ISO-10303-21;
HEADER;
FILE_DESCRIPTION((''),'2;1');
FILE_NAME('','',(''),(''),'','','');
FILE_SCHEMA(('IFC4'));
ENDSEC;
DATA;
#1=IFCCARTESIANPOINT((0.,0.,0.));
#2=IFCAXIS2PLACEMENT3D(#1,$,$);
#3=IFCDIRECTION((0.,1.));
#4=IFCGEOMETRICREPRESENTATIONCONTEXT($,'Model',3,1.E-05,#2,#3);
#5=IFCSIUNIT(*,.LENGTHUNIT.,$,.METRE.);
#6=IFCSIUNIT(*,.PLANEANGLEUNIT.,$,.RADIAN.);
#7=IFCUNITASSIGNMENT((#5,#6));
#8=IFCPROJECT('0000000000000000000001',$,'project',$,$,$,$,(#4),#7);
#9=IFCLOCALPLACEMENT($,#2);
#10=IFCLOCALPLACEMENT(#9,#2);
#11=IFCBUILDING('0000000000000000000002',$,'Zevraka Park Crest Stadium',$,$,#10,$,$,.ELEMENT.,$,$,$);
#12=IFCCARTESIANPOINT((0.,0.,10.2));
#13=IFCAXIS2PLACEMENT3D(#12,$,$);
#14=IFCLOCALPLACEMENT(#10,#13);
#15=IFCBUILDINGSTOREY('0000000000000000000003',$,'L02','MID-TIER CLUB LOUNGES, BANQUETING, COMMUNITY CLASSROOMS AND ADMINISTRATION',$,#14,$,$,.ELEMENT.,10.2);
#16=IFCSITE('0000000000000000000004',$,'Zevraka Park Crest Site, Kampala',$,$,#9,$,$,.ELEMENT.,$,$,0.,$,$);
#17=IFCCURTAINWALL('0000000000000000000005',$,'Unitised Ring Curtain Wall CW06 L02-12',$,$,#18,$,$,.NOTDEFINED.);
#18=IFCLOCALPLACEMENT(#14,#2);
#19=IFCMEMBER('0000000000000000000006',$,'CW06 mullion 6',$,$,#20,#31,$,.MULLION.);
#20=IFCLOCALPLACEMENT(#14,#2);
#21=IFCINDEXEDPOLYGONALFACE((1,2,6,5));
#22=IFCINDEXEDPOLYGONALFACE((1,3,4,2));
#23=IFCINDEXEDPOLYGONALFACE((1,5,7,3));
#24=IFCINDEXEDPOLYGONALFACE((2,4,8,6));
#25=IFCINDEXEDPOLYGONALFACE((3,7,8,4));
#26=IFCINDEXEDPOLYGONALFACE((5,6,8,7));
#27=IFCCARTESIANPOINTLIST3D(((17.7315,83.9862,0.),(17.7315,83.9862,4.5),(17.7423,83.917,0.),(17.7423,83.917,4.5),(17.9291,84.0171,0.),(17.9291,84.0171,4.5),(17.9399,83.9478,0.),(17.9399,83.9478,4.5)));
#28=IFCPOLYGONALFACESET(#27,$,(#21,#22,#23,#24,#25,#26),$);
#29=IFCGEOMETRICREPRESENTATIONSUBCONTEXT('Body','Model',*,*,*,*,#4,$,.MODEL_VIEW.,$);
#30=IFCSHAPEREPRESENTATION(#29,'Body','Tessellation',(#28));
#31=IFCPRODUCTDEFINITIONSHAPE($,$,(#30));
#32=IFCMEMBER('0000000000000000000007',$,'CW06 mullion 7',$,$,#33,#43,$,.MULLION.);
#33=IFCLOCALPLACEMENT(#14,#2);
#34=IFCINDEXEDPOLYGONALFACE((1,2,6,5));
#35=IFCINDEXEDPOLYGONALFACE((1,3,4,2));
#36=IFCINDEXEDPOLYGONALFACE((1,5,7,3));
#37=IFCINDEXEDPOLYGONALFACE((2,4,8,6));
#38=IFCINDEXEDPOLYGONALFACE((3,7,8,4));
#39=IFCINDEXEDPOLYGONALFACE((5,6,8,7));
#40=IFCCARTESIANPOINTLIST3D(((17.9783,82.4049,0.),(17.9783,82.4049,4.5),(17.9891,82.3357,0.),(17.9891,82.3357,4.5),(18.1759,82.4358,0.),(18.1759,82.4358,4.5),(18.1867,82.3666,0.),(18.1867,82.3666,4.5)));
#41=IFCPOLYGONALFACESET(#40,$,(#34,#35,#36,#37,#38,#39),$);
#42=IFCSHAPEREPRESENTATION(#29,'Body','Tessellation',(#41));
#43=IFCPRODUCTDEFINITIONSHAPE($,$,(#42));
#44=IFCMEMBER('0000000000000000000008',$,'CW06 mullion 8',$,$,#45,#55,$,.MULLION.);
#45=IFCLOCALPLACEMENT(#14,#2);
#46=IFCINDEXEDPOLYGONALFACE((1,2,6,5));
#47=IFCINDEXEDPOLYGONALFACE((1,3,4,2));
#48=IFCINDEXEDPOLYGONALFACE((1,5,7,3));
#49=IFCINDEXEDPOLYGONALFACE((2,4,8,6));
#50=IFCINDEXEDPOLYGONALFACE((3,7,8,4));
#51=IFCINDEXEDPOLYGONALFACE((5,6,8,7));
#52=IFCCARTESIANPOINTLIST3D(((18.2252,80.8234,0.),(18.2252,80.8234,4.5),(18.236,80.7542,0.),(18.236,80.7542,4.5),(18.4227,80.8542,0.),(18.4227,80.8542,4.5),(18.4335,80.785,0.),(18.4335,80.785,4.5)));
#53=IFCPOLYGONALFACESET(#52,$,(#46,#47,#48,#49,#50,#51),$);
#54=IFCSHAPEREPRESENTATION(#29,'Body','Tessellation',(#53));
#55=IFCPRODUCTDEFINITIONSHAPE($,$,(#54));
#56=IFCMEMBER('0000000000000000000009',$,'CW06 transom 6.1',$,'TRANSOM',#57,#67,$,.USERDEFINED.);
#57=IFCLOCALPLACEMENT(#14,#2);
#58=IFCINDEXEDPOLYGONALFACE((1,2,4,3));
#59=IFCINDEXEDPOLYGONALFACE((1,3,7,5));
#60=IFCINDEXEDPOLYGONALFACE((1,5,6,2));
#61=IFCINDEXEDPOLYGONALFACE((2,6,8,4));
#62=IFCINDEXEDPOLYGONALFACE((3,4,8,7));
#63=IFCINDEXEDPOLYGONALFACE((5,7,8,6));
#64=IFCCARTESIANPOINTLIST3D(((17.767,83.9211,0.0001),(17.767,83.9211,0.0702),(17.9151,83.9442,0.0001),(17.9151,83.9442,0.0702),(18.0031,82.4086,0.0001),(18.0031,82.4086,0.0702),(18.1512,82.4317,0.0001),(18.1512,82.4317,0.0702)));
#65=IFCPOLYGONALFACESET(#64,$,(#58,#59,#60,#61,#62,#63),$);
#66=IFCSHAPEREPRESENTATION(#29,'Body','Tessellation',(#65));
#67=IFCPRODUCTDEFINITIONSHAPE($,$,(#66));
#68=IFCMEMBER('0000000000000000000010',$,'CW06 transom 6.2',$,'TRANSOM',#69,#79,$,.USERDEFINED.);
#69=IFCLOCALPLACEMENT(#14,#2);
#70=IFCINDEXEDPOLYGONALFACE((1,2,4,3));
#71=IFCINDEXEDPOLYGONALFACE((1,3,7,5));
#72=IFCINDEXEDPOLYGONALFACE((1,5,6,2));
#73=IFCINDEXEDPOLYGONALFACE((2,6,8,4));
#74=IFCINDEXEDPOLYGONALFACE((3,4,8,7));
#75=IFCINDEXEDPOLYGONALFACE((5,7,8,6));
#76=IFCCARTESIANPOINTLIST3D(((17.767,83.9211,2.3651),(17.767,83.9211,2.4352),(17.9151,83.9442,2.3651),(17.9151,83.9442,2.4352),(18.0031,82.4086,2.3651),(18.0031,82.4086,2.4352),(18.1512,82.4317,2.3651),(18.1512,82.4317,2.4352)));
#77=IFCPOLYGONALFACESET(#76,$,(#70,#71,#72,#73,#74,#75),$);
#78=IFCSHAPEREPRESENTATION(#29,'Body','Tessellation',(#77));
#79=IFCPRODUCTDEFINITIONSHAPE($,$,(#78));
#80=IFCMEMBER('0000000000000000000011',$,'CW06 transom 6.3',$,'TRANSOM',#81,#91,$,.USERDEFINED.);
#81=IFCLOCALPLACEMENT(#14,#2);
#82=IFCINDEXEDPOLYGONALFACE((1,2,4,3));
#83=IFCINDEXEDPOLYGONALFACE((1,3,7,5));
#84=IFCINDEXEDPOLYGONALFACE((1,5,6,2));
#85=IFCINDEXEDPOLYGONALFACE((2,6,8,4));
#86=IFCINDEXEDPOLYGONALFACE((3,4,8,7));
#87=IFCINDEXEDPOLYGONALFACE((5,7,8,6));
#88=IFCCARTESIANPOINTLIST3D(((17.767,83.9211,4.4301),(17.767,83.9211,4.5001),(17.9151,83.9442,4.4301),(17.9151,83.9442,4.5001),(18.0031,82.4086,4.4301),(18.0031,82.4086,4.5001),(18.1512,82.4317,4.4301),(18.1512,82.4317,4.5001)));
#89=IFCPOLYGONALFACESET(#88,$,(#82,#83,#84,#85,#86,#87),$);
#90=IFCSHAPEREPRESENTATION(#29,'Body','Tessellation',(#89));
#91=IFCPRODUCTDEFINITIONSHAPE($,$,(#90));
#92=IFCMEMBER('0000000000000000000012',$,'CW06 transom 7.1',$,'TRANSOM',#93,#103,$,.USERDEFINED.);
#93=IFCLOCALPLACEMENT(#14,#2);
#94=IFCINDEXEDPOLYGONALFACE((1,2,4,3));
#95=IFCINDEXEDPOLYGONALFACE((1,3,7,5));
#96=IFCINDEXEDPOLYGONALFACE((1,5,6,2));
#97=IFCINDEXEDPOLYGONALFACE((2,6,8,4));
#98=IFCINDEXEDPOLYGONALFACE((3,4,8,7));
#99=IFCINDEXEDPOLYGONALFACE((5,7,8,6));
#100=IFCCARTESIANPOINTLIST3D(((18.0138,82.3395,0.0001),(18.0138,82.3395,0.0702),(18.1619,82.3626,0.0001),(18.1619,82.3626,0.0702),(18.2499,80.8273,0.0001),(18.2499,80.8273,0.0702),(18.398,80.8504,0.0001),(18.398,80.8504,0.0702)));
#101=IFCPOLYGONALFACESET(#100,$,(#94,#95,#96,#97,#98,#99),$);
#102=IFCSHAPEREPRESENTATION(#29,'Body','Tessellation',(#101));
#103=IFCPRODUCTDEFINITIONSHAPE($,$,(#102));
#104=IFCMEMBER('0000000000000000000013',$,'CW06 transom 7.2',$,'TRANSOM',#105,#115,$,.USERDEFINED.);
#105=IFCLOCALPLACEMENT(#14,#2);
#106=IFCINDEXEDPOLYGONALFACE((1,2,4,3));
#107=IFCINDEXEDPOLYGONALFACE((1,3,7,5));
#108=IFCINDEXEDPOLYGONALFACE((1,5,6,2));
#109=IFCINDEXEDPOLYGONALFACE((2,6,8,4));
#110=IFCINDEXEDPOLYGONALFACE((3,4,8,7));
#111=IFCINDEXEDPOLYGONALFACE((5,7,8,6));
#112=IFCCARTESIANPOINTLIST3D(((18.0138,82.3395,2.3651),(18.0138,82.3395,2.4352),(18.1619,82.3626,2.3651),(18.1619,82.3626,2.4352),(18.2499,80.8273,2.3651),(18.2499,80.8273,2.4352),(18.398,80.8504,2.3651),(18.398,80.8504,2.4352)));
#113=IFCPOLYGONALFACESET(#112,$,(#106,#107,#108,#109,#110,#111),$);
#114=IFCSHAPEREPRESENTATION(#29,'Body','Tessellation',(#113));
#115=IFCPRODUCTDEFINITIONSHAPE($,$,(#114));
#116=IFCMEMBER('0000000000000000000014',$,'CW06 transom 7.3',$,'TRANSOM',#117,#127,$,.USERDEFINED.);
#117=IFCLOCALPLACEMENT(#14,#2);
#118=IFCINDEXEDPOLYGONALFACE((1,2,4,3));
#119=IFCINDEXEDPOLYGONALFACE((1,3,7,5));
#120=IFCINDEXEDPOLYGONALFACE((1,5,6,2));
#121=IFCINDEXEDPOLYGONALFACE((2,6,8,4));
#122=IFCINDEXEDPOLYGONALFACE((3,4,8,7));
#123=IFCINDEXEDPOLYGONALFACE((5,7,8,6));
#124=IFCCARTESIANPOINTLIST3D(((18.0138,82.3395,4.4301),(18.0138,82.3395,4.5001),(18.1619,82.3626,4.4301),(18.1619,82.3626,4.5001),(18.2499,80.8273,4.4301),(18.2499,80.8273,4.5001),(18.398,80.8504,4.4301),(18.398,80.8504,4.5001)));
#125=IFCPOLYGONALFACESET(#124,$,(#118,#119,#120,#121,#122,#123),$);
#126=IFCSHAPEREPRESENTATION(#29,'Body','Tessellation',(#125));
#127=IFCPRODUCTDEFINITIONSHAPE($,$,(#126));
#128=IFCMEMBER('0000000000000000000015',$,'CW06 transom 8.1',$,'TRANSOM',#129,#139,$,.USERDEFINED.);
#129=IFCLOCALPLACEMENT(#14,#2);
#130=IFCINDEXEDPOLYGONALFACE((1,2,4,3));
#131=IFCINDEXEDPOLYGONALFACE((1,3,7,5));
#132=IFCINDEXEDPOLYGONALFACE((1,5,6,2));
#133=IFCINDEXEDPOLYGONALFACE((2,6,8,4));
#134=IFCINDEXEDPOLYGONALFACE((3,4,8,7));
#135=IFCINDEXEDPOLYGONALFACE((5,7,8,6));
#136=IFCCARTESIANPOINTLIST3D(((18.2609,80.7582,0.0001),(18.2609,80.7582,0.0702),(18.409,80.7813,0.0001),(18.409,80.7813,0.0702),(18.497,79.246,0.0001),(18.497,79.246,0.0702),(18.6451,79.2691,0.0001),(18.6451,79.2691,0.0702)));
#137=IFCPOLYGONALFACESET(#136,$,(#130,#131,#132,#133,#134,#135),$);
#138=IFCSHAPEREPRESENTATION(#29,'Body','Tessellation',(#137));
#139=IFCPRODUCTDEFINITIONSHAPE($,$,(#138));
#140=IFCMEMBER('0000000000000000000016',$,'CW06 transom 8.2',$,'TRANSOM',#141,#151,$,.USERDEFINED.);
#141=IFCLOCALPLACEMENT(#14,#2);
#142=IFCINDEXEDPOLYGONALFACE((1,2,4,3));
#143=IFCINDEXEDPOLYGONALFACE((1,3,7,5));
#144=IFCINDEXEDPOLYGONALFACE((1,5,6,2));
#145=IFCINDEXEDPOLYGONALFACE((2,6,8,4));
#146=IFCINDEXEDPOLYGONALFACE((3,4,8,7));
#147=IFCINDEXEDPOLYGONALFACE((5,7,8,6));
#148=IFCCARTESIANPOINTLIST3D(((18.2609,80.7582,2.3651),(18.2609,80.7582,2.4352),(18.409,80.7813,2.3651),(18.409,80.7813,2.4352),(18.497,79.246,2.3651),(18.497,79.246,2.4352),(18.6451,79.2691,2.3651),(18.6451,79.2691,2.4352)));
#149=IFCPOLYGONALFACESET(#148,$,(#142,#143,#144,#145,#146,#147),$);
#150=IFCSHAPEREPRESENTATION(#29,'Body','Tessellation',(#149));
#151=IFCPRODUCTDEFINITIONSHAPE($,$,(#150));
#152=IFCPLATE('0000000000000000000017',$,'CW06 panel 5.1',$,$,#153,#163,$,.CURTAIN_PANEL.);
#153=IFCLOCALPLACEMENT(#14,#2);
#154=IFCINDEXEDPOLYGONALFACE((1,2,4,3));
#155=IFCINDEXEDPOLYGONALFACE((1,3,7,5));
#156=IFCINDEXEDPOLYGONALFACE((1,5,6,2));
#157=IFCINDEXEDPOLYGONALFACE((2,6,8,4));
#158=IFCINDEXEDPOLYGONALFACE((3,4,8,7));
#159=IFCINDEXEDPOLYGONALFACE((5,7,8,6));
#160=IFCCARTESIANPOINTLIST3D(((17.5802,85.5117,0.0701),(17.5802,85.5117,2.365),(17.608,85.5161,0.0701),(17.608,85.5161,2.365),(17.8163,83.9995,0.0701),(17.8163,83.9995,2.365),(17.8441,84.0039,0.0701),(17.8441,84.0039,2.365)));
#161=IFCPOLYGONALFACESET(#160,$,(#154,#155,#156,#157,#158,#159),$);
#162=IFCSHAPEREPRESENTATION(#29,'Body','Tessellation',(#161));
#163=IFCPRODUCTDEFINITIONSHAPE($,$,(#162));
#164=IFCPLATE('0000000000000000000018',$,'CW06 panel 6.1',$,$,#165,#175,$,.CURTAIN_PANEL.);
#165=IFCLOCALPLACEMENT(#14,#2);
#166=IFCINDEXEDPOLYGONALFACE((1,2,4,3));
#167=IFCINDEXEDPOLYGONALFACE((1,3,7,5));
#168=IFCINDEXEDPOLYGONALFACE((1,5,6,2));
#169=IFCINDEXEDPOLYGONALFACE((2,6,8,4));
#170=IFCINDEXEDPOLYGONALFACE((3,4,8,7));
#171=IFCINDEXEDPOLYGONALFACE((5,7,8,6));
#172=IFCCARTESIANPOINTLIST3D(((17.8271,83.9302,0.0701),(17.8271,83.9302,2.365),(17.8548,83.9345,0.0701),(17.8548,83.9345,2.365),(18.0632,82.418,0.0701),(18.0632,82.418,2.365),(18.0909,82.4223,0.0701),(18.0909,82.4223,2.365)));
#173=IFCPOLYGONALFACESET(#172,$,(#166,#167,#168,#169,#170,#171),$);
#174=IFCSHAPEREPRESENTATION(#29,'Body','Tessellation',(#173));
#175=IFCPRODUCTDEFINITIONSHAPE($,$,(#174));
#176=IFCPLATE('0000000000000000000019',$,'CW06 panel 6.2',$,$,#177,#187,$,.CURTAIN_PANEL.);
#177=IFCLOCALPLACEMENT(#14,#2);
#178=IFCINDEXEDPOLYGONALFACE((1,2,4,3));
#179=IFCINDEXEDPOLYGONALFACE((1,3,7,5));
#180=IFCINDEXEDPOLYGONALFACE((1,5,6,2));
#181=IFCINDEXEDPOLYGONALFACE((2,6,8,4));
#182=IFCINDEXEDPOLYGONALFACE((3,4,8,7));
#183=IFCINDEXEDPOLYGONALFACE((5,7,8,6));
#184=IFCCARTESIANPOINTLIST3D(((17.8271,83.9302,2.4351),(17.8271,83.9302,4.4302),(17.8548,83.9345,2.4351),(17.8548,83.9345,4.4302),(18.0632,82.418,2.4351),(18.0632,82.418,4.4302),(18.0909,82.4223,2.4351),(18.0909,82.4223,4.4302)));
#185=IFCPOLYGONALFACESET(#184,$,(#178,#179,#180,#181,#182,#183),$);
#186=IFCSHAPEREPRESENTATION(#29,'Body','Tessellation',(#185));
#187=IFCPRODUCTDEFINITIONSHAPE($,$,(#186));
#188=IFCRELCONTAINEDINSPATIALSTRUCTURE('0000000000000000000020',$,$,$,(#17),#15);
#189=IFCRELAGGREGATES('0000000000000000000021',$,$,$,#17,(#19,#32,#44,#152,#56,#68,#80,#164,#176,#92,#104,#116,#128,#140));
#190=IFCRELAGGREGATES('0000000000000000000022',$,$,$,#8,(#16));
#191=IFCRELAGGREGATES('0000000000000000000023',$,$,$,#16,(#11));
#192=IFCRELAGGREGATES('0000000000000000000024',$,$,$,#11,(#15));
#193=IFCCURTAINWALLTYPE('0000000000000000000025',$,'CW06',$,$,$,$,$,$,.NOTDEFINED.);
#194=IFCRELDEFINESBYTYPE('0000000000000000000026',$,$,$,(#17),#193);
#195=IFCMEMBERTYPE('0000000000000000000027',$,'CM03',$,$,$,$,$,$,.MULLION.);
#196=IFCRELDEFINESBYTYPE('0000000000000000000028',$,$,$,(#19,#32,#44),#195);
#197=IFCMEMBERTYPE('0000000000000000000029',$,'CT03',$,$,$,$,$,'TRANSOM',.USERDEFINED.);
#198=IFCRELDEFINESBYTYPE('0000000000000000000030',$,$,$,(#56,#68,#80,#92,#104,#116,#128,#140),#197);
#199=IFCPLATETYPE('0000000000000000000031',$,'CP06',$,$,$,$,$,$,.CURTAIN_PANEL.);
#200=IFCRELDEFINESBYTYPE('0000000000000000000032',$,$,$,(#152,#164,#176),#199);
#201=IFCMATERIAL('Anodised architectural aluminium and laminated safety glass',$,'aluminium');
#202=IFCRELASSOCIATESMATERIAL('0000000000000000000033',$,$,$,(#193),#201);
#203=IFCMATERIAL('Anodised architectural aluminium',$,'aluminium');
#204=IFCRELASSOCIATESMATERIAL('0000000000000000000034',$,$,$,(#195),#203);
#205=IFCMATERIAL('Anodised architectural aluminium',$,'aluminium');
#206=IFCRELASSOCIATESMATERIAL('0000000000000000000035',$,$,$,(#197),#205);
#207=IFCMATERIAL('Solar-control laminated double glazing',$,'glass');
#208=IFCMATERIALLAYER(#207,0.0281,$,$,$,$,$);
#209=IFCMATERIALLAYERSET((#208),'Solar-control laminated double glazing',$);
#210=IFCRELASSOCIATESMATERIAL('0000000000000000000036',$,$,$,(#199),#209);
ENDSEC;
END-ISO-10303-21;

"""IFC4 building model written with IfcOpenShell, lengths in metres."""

from ifc_helpers import new_model, si_unit, direction, frame, origin, origin_2d, place, context, subcontext, project, spatial, rectangle, extrude, material, layer, layer_set, material_profile, profile_set, type_object, element, aggregate, save


model = new_model("IFC4")

# Units and contexts
model_context = context("Model", 3, precision=1e-05, world=origin(), true_north=direction((0.0, 1.0)))
body_context = subcontext(model_context, "Body", "Model", "MODEL_VIEW")
ifc_project = project(units=[si_unit("LENGTHUNIT", "METRE"), si_unit("PLANEANGLEUNIT", "RADIAN")], contexts=[model_context])

# Site, building, storey
site_placement = place(None, origin())
site = spatial("IfcSite", under=ifc_project, at=site_placement, Name="Zevraka Park Crest Site, Kampala", CompositionType="ELEMENT", RefElevation=0.0)
building_placement = place(site_placement, origin())
building = spatial("IfcBuilding", under=site, at=building_placement, Name="Zevraka Park Crest Stadium", CompositionType="ELEMENT")
storey_placement = place(building_placement, frame((0.0, 0.0, 10.2)))
storey = spatial("IfcBuildingStorey", under=building, at=storey_placement, Name="L02", Description="MID-TIER CLUB LOUNGES, BANQUETING, COMMUNITY CLASSROOMS AND ADMINISTRATION", CompositionType="ELEMENT", Elevation=10.2)

# Curtain wall, members, plates
ifc_material_1 = material(Name="Anodised architectural aluminium and laminated safety glass", Category="aluminium")
curtain_wall_type = type_object("IfcCurtainWallType", Name="CW06", PredefinedType="NOTDEFINED", material=ifc_material_1)
curtain_wall_placement = place(storey_placement, origin())
curtain_wall = element("IfcCurtainWall", 1, at=curtain_wall_placement, inside=storey, type_object=curtain_wall_type, Name="Unitised Ring Curtain Wall CW06 L02-12", PredefinedType="NOTDEFINED")
ifc_material_2 = material(Name="Anodised architectural aluminium", Category="aluminium")
ifc_material_profile_1 = material_profile(ifc_material_2, rectangle(XDim=0.2, YDim=0.0701, at=origin_2d()), Name="ALU MULLION 200x70")
ifc_profile_set_1 = profile_set([ifc_material_profile_1], Name="Anodised architectural aluminium")
member_type_1 = type_object("IfcMemberType", Name="CM03", PredefinedType="MULLION", material=ifc_profile_set_1)
member_1_placement = place(storey_placement, frame((17.8357, 83.967, 0.0), z_axis=(0.0, 0.0, 1.0), x_axis=(0.988028, 0.154274, 0.0)))
member_1 = element("IfcMember", 2, at=member_1_placement, type_object=member_type_1, Name="CW06 mullion 6", PredefinedType="MULLION", context=body_context, shape_type="SweptSolid", body=[
    extrude(rectangle(XDim=0.2, YDim=0.0701, at=origin_2d()), origin(), (0.0, 0.0, 1.0), 4.5),
])
member_2_placement = place(storey_placement, frame((18.0825, 82.3857, 0.0), z_axis=(0.0, 0.0, 1.0), x_axis=(0.988028, 0.154274, 0.0)))
member_2 = element("IfcMember", 3, at=member_2_placement, type_object=member_type_1, Name="CW06 mullion 7", PredefinedType="MULLION", context=body_context, shape_type="SweptSolid", body=[
    extrude(rectangle(XDim=0.2, YDim=0.0701, at=origin_2d()), origin(), (0.0, 0.0, 1.0), 4.5),
])
member_3_placement = place(storey_placement, frame((18.3293, 80.8042, 0.0), z_axis=(0.0, 0.0, 1.0), x_axis=(0.988028, 0.154274, 0.0)))
member_3 = element("IfcMember", 4, at=member_3_placement, type_object=member_type_1, Name="CW06 mullion 8", PredefinedType="MULLION", context=body_context, shape_type="SweptSolid", body=[
    extrude(rectangle(XDim=0.2, YDim=0.0701, at=origin_2d()), origin(), (0.0, 0.0, 1.0), 4.5),
])
ifc_material_3 = material(Name="Anodised architectural aluminium", Category="aluminium")
ifc_material_profile_2 = material_profile(ifc_material_3, rectangle(XDim=0.1499, YDim=0.0701, at=origin_2d()), Name="ALU TRANSOM 150x70")
ifc_profile_set_2 = profile_set([ifc_material_profile_2], Name="Anodised architectural aluminium")
member_type_2 = type_object("IfcMemberType", Name="CT03", ElementType="TRANSOM", PredefinedType="USERDEFINED", material=ifc_profile_set_2)
member_4_placement = place(storey_placement, frame((17.8411, 83.9326, 0.0352), z_axis=(0.154226, -0.988036, 0.0), x_axis=(0.988036, 0.154226, 0.0)))
member_4 = element("IfcMember", 5, at=member_4_placement, type_object=member_type_2, Name="CW06 transom 6.1", ObjectType="TRANSOM", PredefinedType="USERDEFINED", context=body_context, shape_type="SweptSolid", body=[
    extrude(rectangle(XDim=0.1499, YDim=0.0701, at=origin_2d()), origin(), (0.0, 0.0, 1.0), 1.5308),
])
member_5_placement = place(storey_placement, frame((17.8411, 83.9326, 2.4001), z_axis=(0.154226, -0.988036, 0.0), x_axis=(0.988036, 0.154226, 0.0)))
member_5 = element("IfcMember", 6, at=member_5_placement, type_object=member_type_2, Name="CW06 transom 6.2", ObjectType="TRANSOM", PredefinedType="USERDEFINED", context=body_context, shape_type="SweptSolid", body=[
    extrude(rectangle(XDim=0.1499, YDim=0.0701, at=origin_2d()), origin(), (0.0, 0.0, 1.0), 1.5308),
])
member_6_placement = place(storey_placement, frame((17.8411, 83.9326, 4.4651), z_axis=(0.154226, -0.988036, 0.0), x_axis=(0.988036, 0.154226, 0.0)))
member_6 = element("IfcMember", 7, at=member_6_placement, type_object=member_type_2, Name="CW06 transom 6.3", ObjectType="TRANSOM", PredefinedType="USERDEFINED", context=body_context, shape_type="SweptSolid", body=[
    extrude(rectangle(XDim=0.1499, YDim=0.0701, at=origin_2d()), origin(), (0.0, 0.0, 1.0), 1.5308),
])
member_7_placement = place(storey_placement, frame((18.0879, 82.3511, 0.0352), z_axis=(0.15425, -0.988032, 0.0), x_axis=(0.988032, 0.15425, 0.0)))
member_7 = element("IfcMember", 8, at=member_7_placement, type_object=member_type_2, Name="CW06 transom 7.1", ObjectType="TRANSOM", PredefinedType="USERDEFINED", context=body_context, shape_type="SweptSolid", body=[
    extrude(rectangle(XDim=0.1499, YDim=0.0701, at=origin_2d()), origin(), (0.0, 0.0, 1.0), 1.5305),
])
member_8_placement = place(storey_placement, frame((18.0879, 82.3511, 2.4001), z_axis=(0.15425, -0.988032, 0.0), x_axis=(0.988032, 0.15425, 0.0)))
member_8 = element("IfcMember", 9, at=member_8_placement, type_object=member_type_2, Name="CW06 transom 7.2", ObjectType="TRANSOM", PredefinedType="USERDEFINED", context=body_context, shape_type="SweptSolid", body=[
    extrude(rectangle(XDim=0.1499, YDim=0.0701, at=origin_2d()), origin(), (0.0, 0.0, 1.0), 1.5305),
])
member_9_placement = place(storey_placement, frame((18.0879, 82.3511, 4.4651), z_axis=(0.15425, -0.988032, 0.0), x_axis=(0.988032, 0.15425, 0.0)))
member_9 = element("IfcMember", 10, at=member_9_placement, type_object=member_type_2, Name="CW06 transom 7.3", ObjectType="TRANSOM", PredefinedType="USERDEFINED", context=body_context, shape_type="SweptSolid", body=[
    extrude(rectangle(XDim=0.1499, YDim=0.0701, at=origin_2d()), origin(), (0.0, 0.0, 1.0), 1.5305),
])
member_10_placement = place(storey_placement, frame((18.335, 80.7698, 0.0352), z_axis=(0.15425, -0.988032, 0.0), x_axis=(0.988032, 0.15425, 0.0)))
member_10 = element("IfcMember", 11, at=member_10_placement, type_object=member_type_2, Name="CW06 transom 8.1", ObjectType="TRANSOM", PredefinedType="USERDEFINED", context=body_context, shape_type="SweptSolid", body=[
    extrude(rectangle(XDim=0.1499, YDim=0.0701, at=origin_2d()), origin(), (0.0, 0.0, 1.0), 1.5305),
])
member_11_placement = place(storey_placement, frame((18.335, 80.7698, 2.4001), z_axis=(0.15425, -0.988032, 0.0), x_axis=(0.988032, 0.15425, 0.0)))
member_11 = element("IfcMember", 12, at=member_11_placement, type_object=member_type_2, Name="CW06 transom 8.2", ObjectType="TRANSOM", PredefinedType="USERDEFINED", context=body_context, shape_type="SweptSolid", body=[
    extrude(rectangle(XDim=0.1499, YDim=0.0701, at=origin_2d()), origin(), (0.0, 0.0, 1.0), 1.5305),
])
ifc_material_4 = material(Name="Solar-control laminated double glazing", Category="glass")
ifc_layer_1 = layer(ifc_material_4, 0.0281)
ifc_layer_set_1 = layer_set([ifc_layer_1], Name="Solar-control laminated double glazing")
plate_type = type_object("IfcPlateType", Name="CP06", PredefinedType="CURTAIN_PANEL", material=ifc_layer_set_1)
plate_1_placement = place(storey_placement, frame((17.7122, 84.7578, 0.0701), z_axis=(0.0, 0.0, 1.0), x_axis=(0.154274, -0.988028, 0.0)))
plate_1 = element("IfcPlate", 13, at=plate_1_placement, type_object=plate_type, Name="CW06 panel 5.1", PredefinedType="CURTAIN_PANEL", context=body_context, shape_type="SweptSolid", body=[
    extrude(rectangle(XDim=1.5305, YDim=0.0281, at=origin_2d()), origin(), (0.0, 0.0, 1.0), 2.2949),
])
plate_2_placement = place(storey_placement, frame((17.959, 83.1763, 0.0701), z_axis=(0.0, 0.0, 1.0), x_axis=(0.154274, -0.988028, 0.0)))
plate_2 = element("IfcPlate", 14, at=plate_2_placement, type_object=plate_type, Name="CW06 panel 6.1", PredefinedType="CURTAIN_PANEL", context=body_context, shape_type="SweptSolid", body=[
    extrude(rectangle(XDim=1.5305, YDim=0.0281, at=origin_2d()), origin(), (0.0, 0.0, 1.0), 2.2949),
])
plate_3_placement = place(storey_placement, frame((17.959, 83.1763, 2.4351), z_axis=(0.0, 0.0, 1.0), x_axis=(0.154274, -0.988028, 0.0)))
plate_3 = element("IfcPlate", 15, at=plate_3_placement, type_object=plate_type, Name="CW06 panel 6.2", PredefinedType="CURTAIN_PANEL", context=body_context, shape_type="SweptSolid", body=[
    extrude(rectangle(XDim=1.5305, YDim=0.0281, at=origin_2d()), origin(), (0.0, 0.0, 1.0), 1.9951),
])
aggregate(curtain_wall, [member_1, member_2, member_3, plate_1, member_4, member_5, member_6, plate_2, plate_3, member_7, member_8, member_9, member_10, member_11])

save(model, "model.ifc")
